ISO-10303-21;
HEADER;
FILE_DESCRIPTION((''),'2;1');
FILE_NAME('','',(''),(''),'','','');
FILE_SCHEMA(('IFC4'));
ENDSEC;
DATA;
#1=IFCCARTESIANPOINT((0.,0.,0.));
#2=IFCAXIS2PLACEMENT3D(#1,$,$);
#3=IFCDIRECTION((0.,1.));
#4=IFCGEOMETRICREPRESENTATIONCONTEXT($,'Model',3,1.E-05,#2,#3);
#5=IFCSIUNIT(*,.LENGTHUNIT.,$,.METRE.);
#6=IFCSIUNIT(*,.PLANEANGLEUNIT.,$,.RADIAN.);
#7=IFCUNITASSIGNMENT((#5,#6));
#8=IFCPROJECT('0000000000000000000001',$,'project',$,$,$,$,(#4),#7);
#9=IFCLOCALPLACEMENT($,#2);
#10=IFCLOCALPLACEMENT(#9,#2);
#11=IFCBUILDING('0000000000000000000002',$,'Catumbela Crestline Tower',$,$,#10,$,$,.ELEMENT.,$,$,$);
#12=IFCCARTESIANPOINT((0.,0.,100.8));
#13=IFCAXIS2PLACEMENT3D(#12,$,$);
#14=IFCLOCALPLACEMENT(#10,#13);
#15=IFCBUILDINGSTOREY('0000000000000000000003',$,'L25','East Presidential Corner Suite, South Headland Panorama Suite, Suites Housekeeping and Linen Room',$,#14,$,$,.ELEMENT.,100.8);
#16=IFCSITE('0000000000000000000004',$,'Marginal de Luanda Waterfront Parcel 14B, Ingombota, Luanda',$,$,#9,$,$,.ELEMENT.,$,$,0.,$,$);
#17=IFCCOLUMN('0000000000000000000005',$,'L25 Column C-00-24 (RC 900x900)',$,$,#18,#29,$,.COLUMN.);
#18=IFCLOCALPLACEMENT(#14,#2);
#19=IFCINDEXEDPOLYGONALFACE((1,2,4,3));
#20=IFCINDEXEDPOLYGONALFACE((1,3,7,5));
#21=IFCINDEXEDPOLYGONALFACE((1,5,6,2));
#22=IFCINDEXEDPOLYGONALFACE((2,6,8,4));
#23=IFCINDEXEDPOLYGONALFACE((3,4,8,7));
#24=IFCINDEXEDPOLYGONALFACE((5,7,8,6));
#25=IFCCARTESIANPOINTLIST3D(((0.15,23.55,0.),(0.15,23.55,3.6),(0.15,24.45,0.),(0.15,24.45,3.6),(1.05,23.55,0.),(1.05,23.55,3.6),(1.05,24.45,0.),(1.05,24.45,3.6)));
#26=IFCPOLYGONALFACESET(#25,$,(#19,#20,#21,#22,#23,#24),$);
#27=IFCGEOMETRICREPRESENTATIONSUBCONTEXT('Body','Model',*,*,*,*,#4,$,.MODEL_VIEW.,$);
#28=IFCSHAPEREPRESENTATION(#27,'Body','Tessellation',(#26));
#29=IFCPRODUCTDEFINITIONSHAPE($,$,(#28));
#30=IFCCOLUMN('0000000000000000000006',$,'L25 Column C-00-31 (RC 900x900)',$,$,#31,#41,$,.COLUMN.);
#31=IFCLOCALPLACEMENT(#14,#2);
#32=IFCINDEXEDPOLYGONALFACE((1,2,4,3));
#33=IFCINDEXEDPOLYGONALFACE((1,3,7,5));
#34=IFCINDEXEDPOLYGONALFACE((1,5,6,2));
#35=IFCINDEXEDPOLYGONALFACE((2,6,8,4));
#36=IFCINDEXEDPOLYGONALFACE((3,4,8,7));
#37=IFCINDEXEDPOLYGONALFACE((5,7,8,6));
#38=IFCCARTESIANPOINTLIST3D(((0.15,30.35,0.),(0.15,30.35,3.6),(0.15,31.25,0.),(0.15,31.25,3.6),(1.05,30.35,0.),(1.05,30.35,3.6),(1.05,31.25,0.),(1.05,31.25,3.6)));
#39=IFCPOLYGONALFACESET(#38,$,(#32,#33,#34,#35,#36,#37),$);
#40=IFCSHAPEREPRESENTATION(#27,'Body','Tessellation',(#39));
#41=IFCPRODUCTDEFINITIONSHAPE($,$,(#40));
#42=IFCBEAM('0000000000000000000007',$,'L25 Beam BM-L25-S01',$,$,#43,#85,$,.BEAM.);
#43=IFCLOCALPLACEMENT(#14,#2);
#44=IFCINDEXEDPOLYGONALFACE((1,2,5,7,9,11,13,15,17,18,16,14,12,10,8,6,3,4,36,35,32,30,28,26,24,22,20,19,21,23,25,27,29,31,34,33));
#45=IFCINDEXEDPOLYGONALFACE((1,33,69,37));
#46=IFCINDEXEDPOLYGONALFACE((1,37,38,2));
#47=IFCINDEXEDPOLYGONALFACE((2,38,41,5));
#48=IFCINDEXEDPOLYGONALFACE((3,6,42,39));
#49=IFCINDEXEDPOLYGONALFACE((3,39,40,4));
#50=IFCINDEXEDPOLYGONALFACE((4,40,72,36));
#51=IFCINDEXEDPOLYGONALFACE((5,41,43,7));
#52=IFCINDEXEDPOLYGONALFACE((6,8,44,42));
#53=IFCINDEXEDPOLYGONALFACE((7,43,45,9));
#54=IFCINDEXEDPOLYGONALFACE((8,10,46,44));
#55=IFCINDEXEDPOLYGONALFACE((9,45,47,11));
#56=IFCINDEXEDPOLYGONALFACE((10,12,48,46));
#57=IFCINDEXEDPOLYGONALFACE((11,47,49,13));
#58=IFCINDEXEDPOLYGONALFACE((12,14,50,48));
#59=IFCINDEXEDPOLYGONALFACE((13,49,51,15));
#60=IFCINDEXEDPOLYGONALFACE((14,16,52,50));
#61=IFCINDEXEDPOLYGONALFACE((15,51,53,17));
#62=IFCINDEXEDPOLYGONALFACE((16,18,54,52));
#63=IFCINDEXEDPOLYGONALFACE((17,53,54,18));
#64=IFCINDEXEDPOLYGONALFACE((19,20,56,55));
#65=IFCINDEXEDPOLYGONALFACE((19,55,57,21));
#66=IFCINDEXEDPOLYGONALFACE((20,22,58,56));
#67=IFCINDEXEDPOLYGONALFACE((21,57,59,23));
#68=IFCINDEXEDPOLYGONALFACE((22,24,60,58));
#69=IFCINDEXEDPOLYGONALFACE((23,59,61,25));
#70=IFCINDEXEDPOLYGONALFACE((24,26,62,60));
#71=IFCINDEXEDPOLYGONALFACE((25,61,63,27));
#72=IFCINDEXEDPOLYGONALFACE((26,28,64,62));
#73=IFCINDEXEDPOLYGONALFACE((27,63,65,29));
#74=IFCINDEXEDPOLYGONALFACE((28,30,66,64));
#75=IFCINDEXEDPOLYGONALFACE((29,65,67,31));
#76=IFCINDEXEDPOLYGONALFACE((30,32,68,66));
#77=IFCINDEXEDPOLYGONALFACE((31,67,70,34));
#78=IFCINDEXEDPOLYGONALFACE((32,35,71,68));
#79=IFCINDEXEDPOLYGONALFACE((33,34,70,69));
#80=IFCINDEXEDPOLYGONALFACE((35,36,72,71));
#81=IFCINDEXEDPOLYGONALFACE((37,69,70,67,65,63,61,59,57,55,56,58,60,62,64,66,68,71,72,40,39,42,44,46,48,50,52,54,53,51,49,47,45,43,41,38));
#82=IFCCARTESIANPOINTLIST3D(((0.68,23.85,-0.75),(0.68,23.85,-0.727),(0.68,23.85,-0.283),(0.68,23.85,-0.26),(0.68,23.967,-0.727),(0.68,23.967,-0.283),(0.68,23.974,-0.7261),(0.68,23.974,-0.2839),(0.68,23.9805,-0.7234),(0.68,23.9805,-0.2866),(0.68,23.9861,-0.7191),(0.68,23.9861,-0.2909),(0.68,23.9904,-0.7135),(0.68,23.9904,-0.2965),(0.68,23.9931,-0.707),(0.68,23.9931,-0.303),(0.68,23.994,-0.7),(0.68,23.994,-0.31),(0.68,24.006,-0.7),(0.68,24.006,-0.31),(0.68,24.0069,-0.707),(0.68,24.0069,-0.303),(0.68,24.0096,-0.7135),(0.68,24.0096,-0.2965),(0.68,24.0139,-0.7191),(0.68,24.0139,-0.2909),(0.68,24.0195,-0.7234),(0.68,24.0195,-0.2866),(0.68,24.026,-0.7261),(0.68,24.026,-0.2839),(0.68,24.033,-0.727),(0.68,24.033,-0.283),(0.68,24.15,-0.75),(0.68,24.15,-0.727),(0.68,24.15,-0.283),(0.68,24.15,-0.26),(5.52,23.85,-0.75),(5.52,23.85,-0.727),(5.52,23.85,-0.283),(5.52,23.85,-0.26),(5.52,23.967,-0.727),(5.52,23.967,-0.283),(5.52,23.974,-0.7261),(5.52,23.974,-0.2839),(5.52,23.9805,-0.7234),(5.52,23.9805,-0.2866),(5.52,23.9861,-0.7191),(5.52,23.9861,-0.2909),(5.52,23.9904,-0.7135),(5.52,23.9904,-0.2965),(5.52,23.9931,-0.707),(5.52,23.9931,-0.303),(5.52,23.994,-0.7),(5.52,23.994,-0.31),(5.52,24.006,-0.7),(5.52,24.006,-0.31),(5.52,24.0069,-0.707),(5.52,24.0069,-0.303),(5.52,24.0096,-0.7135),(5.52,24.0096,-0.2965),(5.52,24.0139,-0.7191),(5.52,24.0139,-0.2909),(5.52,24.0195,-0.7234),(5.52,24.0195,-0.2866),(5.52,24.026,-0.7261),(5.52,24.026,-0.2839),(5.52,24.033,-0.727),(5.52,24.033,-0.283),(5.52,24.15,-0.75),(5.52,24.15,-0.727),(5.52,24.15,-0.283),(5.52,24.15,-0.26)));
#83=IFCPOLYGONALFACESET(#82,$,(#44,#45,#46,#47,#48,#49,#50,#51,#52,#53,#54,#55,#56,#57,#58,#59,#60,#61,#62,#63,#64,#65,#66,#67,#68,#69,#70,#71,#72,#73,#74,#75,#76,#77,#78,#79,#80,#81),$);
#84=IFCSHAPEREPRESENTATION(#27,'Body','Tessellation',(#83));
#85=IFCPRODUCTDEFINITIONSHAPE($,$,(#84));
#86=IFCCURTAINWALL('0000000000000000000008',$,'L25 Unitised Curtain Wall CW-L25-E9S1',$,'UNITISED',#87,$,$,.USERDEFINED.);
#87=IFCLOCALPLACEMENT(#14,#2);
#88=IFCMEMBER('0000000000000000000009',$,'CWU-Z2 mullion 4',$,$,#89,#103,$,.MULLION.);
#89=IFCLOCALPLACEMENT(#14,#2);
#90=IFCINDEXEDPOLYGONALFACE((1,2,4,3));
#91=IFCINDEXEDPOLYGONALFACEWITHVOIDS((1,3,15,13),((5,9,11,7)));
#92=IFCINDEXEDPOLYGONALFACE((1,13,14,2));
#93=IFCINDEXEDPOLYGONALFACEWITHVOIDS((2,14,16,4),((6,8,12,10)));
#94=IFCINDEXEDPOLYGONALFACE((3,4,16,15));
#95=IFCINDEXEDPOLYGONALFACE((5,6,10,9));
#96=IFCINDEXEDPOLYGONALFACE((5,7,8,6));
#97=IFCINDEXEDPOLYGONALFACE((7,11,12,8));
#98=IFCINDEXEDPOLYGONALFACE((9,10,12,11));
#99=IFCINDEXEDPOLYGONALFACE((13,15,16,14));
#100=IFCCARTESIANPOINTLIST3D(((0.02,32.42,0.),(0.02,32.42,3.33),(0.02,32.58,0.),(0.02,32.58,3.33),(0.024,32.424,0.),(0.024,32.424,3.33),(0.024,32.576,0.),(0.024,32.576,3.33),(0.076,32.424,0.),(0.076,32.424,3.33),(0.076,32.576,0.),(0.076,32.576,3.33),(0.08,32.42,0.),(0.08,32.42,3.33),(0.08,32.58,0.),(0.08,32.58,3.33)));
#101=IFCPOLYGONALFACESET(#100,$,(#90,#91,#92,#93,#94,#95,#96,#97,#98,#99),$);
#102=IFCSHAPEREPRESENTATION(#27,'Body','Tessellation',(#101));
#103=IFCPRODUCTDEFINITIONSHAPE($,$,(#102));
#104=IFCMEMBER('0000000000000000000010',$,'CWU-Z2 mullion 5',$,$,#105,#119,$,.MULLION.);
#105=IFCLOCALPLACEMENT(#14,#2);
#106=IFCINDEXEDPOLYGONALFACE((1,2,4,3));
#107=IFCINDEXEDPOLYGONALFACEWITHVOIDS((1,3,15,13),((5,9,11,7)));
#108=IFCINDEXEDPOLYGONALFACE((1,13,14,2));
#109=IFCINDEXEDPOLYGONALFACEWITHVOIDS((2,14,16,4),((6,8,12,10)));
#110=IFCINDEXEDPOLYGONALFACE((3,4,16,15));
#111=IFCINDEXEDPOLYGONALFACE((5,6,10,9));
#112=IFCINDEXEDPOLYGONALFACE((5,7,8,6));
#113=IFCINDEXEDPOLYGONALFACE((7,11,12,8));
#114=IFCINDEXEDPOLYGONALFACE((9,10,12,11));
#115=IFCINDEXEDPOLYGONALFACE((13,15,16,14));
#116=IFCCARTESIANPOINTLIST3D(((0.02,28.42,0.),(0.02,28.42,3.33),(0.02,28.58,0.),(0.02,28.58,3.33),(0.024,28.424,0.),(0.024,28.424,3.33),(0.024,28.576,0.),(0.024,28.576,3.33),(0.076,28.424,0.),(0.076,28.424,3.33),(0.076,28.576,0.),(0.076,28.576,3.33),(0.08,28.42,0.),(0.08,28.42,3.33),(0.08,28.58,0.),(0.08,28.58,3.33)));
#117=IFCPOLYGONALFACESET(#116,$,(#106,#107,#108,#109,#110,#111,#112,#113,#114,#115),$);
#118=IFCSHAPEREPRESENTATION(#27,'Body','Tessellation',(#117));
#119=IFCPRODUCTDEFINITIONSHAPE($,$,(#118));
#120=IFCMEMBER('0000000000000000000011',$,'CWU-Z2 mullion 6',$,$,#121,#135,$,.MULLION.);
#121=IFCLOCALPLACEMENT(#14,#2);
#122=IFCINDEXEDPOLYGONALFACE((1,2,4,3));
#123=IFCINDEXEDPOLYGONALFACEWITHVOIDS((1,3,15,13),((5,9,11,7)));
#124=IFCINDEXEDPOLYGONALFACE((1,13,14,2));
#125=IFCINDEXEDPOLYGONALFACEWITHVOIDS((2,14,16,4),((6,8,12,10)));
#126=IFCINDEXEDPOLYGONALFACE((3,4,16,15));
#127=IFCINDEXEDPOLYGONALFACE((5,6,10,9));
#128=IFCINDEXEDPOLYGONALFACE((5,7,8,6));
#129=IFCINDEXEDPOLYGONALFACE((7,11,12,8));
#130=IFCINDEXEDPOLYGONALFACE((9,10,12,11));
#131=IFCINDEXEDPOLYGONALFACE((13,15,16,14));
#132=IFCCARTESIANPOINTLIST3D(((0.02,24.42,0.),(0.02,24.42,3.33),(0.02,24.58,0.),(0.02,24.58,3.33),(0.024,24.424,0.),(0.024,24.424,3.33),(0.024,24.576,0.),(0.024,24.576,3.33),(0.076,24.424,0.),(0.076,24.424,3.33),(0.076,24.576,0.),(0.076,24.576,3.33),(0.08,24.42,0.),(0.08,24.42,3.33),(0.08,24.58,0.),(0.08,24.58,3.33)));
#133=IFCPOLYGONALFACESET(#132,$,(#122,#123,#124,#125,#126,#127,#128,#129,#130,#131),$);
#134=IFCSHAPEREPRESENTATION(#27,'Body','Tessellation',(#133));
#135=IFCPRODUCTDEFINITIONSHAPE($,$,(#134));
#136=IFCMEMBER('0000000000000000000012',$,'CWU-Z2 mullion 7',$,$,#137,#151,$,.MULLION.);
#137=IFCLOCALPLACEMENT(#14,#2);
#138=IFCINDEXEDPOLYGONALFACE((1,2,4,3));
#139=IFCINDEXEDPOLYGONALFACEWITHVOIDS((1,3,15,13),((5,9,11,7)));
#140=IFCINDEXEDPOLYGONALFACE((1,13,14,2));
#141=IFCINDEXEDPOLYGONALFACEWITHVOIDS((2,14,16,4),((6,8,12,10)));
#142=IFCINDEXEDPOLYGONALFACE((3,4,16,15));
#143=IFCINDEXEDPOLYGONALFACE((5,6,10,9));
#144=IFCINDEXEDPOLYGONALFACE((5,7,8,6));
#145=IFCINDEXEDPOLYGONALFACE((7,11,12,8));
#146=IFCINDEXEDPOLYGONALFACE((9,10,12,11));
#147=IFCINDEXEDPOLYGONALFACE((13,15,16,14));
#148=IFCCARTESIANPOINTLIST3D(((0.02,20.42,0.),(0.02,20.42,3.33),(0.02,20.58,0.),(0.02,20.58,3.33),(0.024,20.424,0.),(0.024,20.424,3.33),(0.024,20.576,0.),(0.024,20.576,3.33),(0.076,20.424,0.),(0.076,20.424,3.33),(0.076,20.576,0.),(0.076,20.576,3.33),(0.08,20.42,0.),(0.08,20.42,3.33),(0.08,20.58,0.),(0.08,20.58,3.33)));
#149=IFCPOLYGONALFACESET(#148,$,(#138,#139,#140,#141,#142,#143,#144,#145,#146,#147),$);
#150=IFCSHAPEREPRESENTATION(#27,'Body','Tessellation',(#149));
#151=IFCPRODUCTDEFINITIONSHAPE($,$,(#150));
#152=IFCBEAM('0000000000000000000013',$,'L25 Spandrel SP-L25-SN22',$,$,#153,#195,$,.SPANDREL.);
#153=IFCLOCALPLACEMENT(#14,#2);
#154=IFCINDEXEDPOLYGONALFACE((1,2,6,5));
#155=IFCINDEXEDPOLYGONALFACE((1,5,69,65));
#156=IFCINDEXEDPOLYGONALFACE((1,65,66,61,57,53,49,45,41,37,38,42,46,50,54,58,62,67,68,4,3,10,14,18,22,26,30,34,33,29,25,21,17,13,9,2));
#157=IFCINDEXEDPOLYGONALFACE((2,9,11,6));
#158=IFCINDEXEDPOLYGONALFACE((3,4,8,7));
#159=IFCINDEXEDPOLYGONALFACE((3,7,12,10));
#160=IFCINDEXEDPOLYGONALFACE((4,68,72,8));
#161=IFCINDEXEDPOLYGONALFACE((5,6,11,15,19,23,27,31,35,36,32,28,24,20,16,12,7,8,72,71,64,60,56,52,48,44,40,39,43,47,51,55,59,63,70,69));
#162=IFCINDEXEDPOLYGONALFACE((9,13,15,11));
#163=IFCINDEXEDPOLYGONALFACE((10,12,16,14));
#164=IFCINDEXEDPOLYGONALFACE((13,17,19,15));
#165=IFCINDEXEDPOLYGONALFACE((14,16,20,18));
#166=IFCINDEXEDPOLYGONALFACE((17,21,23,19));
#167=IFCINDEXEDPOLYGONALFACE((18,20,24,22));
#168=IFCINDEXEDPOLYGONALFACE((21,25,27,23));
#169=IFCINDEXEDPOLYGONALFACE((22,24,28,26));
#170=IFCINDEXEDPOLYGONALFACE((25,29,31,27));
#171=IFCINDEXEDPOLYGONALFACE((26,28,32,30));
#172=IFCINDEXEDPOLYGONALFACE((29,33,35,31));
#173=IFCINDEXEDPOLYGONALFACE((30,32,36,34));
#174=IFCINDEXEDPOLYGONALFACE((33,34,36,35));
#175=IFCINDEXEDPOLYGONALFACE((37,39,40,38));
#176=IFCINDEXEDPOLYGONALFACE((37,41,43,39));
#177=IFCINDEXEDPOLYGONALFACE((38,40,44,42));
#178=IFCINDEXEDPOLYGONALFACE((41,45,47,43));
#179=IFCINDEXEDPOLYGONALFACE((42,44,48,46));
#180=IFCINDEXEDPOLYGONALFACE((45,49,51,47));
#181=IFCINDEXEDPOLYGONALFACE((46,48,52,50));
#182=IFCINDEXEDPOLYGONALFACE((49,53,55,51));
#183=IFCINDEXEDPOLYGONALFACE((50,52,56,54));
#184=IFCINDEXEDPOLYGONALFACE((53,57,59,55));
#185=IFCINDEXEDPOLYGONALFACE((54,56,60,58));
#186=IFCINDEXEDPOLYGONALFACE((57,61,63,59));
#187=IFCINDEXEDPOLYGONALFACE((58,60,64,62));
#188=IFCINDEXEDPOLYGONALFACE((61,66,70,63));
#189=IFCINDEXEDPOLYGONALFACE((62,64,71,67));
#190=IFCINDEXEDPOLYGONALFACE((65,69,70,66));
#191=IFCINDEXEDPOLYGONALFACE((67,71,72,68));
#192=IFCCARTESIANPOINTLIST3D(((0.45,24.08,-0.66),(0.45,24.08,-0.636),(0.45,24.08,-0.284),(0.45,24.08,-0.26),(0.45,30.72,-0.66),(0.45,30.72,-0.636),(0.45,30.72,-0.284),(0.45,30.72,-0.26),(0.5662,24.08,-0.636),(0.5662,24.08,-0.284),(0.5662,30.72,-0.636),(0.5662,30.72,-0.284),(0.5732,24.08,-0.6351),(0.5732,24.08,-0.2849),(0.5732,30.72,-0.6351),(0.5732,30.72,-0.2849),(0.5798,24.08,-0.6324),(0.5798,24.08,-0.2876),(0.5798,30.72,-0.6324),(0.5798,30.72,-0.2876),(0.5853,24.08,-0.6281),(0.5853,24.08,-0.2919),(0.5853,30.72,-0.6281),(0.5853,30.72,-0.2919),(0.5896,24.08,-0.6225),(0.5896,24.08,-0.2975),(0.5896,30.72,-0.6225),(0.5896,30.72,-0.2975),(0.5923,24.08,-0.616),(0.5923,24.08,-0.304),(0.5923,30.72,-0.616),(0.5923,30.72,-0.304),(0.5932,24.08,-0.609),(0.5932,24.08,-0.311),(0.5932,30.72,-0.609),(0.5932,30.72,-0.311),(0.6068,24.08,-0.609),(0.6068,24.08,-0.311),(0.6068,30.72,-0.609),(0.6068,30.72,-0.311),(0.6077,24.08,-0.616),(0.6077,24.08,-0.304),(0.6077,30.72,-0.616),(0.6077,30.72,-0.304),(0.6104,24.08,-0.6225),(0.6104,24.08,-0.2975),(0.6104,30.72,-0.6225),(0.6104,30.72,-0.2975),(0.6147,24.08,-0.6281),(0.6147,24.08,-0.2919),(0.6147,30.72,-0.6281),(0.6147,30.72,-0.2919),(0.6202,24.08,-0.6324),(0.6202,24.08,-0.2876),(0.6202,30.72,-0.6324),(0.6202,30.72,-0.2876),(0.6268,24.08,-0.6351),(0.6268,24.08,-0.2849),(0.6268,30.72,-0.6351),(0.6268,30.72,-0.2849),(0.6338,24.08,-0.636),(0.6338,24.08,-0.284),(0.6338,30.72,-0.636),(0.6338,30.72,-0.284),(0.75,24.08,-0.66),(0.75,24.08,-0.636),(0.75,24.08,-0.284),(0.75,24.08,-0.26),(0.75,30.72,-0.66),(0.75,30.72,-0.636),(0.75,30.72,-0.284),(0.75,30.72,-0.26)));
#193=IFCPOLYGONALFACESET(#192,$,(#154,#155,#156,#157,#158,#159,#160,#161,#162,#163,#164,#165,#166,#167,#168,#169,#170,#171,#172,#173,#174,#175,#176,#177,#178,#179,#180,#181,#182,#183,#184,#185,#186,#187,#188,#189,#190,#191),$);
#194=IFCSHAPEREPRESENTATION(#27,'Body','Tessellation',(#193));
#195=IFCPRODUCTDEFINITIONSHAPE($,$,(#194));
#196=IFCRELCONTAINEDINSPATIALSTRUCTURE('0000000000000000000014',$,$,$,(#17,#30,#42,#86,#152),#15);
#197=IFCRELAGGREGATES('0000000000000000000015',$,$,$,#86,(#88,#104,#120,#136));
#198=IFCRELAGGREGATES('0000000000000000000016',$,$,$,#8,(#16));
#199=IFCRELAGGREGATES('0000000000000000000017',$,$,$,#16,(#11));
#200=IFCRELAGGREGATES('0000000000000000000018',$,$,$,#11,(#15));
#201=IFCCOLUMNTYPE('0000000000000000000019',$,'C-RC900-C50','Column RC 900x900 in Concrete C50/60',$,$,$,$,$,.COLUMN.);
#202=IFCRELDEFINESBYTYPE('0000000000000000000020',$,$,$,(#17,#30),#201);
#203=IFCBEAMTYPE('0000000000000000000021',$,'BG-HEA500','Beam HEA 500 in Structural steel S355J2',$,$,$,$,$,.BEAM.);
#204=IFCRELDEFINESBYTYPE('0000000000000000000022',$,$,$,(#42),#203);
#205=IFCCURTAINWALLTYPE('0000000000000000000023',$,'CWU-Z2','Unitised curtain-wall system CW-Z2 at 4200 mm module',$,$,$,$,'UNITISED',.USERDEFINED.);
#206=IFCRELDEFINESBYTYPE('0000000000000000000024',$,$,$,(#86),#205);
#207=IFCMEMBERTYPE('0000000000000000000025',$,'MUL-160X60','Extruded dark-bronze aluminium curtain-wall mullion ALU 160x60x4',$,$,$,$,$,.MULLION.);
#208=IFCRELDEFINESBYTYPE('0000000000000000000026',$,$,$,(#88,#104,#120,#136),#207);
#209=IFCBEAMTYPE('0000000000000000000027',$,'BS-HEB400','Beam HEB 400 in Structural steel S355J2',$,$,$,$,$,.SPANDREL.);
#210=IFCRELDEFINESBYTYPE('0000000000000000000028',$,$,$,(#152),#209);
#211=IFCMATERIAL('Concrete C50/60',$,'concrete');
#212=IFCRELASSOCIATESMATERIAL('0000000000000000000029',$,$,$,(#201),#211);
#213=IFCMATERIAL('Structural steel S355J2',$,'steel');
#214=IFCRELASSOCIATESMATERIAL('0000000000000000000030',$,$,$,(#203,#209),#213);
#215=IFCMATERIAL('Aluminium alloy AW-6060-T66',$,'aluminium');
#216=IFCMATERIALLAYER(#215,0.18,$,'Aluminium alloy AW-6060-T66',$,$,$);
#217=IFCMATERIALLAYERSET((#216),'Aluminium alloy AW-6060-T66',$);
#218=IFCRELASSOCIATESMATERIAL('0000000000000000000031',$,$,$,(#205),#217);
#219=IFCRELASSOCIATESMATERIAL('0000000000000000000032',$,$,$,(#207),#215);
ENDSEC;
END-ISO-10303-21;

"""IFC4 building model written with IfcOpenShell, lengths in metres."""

from ifc_helpers import new_model, si_unit, direction, frame, origin, origin_2d, place, context, subcontext, project, spatial, rectangle, hollow_rectangle, i_section, extrude, material, layer, layer_set, material_profile, profile_set, type_object, element, aggregate, save


model = new_model("IFC4")

# Units and contexts
model_context = context("Model", 3, precision=1e-05, world=origin(), true_north=direction((0.0, 1.0)))
body_context = subcontext(model_context, "Body", "Model", "MODEL_VIEW")
ifc_project = project(units=[si_unit("LENGTHUNIT", "METRE"), si_unit("PLANEANGLEUNIT", "RADIAN")], contexts=[model_context])

# Site, building, storey
site_placement = place(None, origin())
site = spatial("IfcSite", under=ifc_project, at=site_placement, Name="Marginal de Luanda Waterfront Parcel 14B, Ingombota, Luanda", CompositionType="ELEMENT", RefElevation=0.0)
building_placement = place(site_placement, origin())
building = spatial("IfcBuilding", under=site, at=building_placement, Name="Catumbela Crestline Tower", CompositionType="ELEMENT")
storey_placement = place(building_placement, frame((0.0, 0.0, 100.8)))
storey = spatial("IfcBuildingStorey", under=building, at=storey_placement, Name="L25", Description="East Presidential Corner Suite, South Headland Panorama Suite, Suites Housekeeping and Linen Room", CompositionType="ELEMENT", Elevation=100.8)

# Columns
ifc_material_1 = material(Name="Concrete C50/60", Category="concrete")
ifc_material_profile_1 = material_profile(ifc_material_1, rectangle(XDim=0.9, YDim=0.9, at=origin_2d()), Name="RC 900x900")
ifc_profile_set_1 = profile_set([ifc_material_profile_1], Name="Concrete C50/60")
column_type = type_object("IfcColumnType", Name="C-RC900-C50", Description="Column RC 900x900 in Concrete C50/60", PredefinedType="COLUMN", material=ifc_profile_set_1)
for number, where, z_axis, x_axis, name in (
    (1, (0.6, 24.0, 0.0), (0.0, 0.0, 1.0), (1.0, 0.0, 0.0), "L25 Column C-00-24 (RC 900x900)"),
    (2, (0.6, 30.8, 0.0), (0.0, 0.0, 1.0), (1.0, 0.0, 0.0), "L25 Column C-00-31 (RC 900x900)"),
):
    element("IfcColumn", number, at=place(storey_placement, frame(where, z_axis=z_axis, x_axis=x_axis)), inside=storey, type_object=column_type, Name=name, PredefinedType="COLUMN", context=body_context, shape_type="SweptSolid", body=[
        extrude(rectangle(XDim=0.9, YDim=0.9, at=origin_2d()), origin(), (0.0, 0.0, 1.0), 3.6),
    ])

# Beam
ifc_material_2 = material(Name="Structural steel S355J2", Category="steel")
ifc_material_profile_2 = material_profile(ifc_material_2, i_section(OverallWidth=0.3, OverallDepth=0.49, WebThickness=0.012, FlangeThickness=0.023, FilletRadius=0.027, at=origin_2d()), Name="HEA 500")
ifc_profile_set_2 = profile_set([ifc_material_profile_2], Name="Structural steel S355J2")
beam_type_1 = type_object("IfcBeamType", Name="BG-HEA500", Description="Beam HEA 500 in Structural steel S355J2", PredefinedType="BEAM", material=ifc_profile_set_2)
beam_1_placement = place(storey_placement, frame((0.68, 24.0, -0.505), z_axis=(1.0, 0.0, 0.0), x_axis=(0.0, 1.0, 0.0)))
element("IfcBeam", 3, at=beam_1_placement, inside=storey, type_object=beam_type_1, Name="L25 Beam BM-L25-S01", PredefinedType="BEAM", context=body_context, shape_type="SweptSolid", body=[
    extrude(i_section(OverallWidth=0.3, OverallDepth=0.49, WebThickness=0.012, FlangeThickness=0.023, FilletRadius=0.027, at=origin_2d()), origin(), (0.0, 0.0, 1.0), 4.84),
])

# Curtain wall, members
ifc_material_3 = material(Name="Aluminium alloy AW-6060-T66", Category="aluminium")
ifc_layer_1 = layer(ifc_material_3, 0.18, Name="Aluminium alloy AW-6060-T66")
ifc_layer_set_1 = layer_set([ifc_layer_1], Name="Aluminium alloy AW-6060-T66")
curtain_wall_type = type_object("IfcCurtainWallType", Name="CWU-Z2", Description="Unitised curtain-wall system CW-Z2 at 4200 mm module", ElementType="UNITISED", PredefinedType="USERDEFINED", material=ifc_layer_set_1)
curtain_wall_placement = place(storey_placement, origin())
curtain_wall = element("IfcCurtainWall", 4, at=curtain_wall_placement, inside=storey, type_object=curtain_wall_type, Name="L25 Unitised Curtain Wall CW-L25-E9S1", ObjectType="UNITISED", PredefinedType="USERDEFINED")
ifc_material_profile_3 = material_profile(ifc_material_3, hollow_rectangle(XDim=0.06, YDim=0.16, WallThickness=0.004, at=origin_2d()), Name="ALU 160x60x4")
ifc_profile_set_3 = profile_set([ifc_material_profile_3], Name="Aluminium alloy AW-6060-T66")
member_type_1 = type_object("IfcMemberType", Name="MUL-160X60", Description="Extruded dark-bronze aluminium curtain-wall mullion ALU 160x60x4", PredefinedType="MULLION", material=ifc_profile_set_3)
member_1_placement = place(storey_placement, frame((0.05, 32.5, 0.0), z_axis=(0.0, 0.0, 1.0), x_axis=(1.0, 0.0, 0.0)))
member_1 = element("IfcMember", 5, at=member_1_placement, type_object=member_type_1, Name="CWU-Z2 mullion 4", PredefinedType="MULLION", context=body_context, shape_type="SweptSolid", body=[
    extrude(hollow_rectangle(XDim=0.06, YDim=0.16, WallThickness=0.004, at=origin_2d()), origin(), (0.0, 0.0, 1.0), 3.33),
])
member_2_placement = place(storey_placement, frame((0.05, 28.5, 0.0), z_axis=(0.0, 0.0, 1.0), x_axis=(1.0, 0.0, 0.0)))
member_2 = element("IfcMember", 6, at=member_2_placement, type_object=member_type_1, Name="CWU-Z2 mullion 5", PredefinedType="MULLION", context=body_context, shape_type="SweptSolid", body=[
    extrude(hollow_rectangle(XDim=0.06, YDim=0.16, WallThickness=0.004, at=origin_2d()), origin(), (0.0, 0.0, 1.0), 3.33),
])
member_3_placement = place(storey_placement, frame((0.05, 24.5, 0.0), z_axis=(0.0, 0.0, 1.0), x_axis=(1.0, 0.0, 0.0)))
member_3 = element("IfcMember", 7, at=member_3_placement, type_object=member_type_1, Name="CWU-Z2 mullion 6", PredefinedType="MULLION", context=body_context, shape_type="SweptSolid", body=[
    extrude(hollow_rectangle(XDim=0.06, YDim=0.16, WallThickness=0.004, at=origin_2d()), origin(), (0.0, 0.0, 1.0), 3.33),
])
member_4_placement = place(storey_placement, frame((0.05, 20.5, 0.0), z_axis=(0.0, 0.0, 1.0), x_axis=(1.0, 0.0, 0.0)))
member_4 = element("IfcMember", 8, at=member_4_placement, type_object=member_type_1, Name="CWU-Z2 mullion 7", PredefinedType="MULLION", context=body_context, shape_type="SweptSolid", body=[
    extrude(hollow_rectangle(XDim=0.06, YDim=0.16, WallThickness=0.004, at=origin_2d()), origin(), (0.0, 0.0, 1.0), 3.33),
])

# Beam
ifc_material_profile_4 = material_profile(ifc_material_2, i_section(OverallWidth=0.3, OverallDepth=0.4, WebThickness=0.0135, FlangeThickness=0.024, FilletRadius=0.027, at=origin_2d()), Name="HEB 400")
ifc_profile_set_4 = profile_set([ifc_material_profile_4], Name="Structural steel S355J2")
beam_type_2 = type_object("IfcBeamType", Name="BS-HEB400", Description="Beam HEB 400 in Structural steel S355J2", PredefinedType="SPANDREL", material=ifc_profile_set_4)
beam_2_placement = place(storey_placement, frame((0.6, 24.08, -0.46), z_axis=(0.0, 1.0, 0.0), x_axis=(-1.0, 0.0, 0.0)))
element("IfcBeam", 9, at=beam_2_placement, inside=storey, type_object=beam_type_2, Name="L25 Spandrel SP-L25-SN22", PredefinedType="SPANDREL", context=body_context, shape_type="SweptSolid", body=[
    extrude(i_section(OverallWidth=0.3, OverallDepth=0.4, WebThickness=0.0135, FlangeThickness=0.024, FilletRadius=0.027, at=origin_2d()), origin(), (0.0, 0.0, 1.0), 6.64),
])

aggregate(curtain_wall, [member_1, member_2, member_3, member_4])

save(model, "model.ifc")
